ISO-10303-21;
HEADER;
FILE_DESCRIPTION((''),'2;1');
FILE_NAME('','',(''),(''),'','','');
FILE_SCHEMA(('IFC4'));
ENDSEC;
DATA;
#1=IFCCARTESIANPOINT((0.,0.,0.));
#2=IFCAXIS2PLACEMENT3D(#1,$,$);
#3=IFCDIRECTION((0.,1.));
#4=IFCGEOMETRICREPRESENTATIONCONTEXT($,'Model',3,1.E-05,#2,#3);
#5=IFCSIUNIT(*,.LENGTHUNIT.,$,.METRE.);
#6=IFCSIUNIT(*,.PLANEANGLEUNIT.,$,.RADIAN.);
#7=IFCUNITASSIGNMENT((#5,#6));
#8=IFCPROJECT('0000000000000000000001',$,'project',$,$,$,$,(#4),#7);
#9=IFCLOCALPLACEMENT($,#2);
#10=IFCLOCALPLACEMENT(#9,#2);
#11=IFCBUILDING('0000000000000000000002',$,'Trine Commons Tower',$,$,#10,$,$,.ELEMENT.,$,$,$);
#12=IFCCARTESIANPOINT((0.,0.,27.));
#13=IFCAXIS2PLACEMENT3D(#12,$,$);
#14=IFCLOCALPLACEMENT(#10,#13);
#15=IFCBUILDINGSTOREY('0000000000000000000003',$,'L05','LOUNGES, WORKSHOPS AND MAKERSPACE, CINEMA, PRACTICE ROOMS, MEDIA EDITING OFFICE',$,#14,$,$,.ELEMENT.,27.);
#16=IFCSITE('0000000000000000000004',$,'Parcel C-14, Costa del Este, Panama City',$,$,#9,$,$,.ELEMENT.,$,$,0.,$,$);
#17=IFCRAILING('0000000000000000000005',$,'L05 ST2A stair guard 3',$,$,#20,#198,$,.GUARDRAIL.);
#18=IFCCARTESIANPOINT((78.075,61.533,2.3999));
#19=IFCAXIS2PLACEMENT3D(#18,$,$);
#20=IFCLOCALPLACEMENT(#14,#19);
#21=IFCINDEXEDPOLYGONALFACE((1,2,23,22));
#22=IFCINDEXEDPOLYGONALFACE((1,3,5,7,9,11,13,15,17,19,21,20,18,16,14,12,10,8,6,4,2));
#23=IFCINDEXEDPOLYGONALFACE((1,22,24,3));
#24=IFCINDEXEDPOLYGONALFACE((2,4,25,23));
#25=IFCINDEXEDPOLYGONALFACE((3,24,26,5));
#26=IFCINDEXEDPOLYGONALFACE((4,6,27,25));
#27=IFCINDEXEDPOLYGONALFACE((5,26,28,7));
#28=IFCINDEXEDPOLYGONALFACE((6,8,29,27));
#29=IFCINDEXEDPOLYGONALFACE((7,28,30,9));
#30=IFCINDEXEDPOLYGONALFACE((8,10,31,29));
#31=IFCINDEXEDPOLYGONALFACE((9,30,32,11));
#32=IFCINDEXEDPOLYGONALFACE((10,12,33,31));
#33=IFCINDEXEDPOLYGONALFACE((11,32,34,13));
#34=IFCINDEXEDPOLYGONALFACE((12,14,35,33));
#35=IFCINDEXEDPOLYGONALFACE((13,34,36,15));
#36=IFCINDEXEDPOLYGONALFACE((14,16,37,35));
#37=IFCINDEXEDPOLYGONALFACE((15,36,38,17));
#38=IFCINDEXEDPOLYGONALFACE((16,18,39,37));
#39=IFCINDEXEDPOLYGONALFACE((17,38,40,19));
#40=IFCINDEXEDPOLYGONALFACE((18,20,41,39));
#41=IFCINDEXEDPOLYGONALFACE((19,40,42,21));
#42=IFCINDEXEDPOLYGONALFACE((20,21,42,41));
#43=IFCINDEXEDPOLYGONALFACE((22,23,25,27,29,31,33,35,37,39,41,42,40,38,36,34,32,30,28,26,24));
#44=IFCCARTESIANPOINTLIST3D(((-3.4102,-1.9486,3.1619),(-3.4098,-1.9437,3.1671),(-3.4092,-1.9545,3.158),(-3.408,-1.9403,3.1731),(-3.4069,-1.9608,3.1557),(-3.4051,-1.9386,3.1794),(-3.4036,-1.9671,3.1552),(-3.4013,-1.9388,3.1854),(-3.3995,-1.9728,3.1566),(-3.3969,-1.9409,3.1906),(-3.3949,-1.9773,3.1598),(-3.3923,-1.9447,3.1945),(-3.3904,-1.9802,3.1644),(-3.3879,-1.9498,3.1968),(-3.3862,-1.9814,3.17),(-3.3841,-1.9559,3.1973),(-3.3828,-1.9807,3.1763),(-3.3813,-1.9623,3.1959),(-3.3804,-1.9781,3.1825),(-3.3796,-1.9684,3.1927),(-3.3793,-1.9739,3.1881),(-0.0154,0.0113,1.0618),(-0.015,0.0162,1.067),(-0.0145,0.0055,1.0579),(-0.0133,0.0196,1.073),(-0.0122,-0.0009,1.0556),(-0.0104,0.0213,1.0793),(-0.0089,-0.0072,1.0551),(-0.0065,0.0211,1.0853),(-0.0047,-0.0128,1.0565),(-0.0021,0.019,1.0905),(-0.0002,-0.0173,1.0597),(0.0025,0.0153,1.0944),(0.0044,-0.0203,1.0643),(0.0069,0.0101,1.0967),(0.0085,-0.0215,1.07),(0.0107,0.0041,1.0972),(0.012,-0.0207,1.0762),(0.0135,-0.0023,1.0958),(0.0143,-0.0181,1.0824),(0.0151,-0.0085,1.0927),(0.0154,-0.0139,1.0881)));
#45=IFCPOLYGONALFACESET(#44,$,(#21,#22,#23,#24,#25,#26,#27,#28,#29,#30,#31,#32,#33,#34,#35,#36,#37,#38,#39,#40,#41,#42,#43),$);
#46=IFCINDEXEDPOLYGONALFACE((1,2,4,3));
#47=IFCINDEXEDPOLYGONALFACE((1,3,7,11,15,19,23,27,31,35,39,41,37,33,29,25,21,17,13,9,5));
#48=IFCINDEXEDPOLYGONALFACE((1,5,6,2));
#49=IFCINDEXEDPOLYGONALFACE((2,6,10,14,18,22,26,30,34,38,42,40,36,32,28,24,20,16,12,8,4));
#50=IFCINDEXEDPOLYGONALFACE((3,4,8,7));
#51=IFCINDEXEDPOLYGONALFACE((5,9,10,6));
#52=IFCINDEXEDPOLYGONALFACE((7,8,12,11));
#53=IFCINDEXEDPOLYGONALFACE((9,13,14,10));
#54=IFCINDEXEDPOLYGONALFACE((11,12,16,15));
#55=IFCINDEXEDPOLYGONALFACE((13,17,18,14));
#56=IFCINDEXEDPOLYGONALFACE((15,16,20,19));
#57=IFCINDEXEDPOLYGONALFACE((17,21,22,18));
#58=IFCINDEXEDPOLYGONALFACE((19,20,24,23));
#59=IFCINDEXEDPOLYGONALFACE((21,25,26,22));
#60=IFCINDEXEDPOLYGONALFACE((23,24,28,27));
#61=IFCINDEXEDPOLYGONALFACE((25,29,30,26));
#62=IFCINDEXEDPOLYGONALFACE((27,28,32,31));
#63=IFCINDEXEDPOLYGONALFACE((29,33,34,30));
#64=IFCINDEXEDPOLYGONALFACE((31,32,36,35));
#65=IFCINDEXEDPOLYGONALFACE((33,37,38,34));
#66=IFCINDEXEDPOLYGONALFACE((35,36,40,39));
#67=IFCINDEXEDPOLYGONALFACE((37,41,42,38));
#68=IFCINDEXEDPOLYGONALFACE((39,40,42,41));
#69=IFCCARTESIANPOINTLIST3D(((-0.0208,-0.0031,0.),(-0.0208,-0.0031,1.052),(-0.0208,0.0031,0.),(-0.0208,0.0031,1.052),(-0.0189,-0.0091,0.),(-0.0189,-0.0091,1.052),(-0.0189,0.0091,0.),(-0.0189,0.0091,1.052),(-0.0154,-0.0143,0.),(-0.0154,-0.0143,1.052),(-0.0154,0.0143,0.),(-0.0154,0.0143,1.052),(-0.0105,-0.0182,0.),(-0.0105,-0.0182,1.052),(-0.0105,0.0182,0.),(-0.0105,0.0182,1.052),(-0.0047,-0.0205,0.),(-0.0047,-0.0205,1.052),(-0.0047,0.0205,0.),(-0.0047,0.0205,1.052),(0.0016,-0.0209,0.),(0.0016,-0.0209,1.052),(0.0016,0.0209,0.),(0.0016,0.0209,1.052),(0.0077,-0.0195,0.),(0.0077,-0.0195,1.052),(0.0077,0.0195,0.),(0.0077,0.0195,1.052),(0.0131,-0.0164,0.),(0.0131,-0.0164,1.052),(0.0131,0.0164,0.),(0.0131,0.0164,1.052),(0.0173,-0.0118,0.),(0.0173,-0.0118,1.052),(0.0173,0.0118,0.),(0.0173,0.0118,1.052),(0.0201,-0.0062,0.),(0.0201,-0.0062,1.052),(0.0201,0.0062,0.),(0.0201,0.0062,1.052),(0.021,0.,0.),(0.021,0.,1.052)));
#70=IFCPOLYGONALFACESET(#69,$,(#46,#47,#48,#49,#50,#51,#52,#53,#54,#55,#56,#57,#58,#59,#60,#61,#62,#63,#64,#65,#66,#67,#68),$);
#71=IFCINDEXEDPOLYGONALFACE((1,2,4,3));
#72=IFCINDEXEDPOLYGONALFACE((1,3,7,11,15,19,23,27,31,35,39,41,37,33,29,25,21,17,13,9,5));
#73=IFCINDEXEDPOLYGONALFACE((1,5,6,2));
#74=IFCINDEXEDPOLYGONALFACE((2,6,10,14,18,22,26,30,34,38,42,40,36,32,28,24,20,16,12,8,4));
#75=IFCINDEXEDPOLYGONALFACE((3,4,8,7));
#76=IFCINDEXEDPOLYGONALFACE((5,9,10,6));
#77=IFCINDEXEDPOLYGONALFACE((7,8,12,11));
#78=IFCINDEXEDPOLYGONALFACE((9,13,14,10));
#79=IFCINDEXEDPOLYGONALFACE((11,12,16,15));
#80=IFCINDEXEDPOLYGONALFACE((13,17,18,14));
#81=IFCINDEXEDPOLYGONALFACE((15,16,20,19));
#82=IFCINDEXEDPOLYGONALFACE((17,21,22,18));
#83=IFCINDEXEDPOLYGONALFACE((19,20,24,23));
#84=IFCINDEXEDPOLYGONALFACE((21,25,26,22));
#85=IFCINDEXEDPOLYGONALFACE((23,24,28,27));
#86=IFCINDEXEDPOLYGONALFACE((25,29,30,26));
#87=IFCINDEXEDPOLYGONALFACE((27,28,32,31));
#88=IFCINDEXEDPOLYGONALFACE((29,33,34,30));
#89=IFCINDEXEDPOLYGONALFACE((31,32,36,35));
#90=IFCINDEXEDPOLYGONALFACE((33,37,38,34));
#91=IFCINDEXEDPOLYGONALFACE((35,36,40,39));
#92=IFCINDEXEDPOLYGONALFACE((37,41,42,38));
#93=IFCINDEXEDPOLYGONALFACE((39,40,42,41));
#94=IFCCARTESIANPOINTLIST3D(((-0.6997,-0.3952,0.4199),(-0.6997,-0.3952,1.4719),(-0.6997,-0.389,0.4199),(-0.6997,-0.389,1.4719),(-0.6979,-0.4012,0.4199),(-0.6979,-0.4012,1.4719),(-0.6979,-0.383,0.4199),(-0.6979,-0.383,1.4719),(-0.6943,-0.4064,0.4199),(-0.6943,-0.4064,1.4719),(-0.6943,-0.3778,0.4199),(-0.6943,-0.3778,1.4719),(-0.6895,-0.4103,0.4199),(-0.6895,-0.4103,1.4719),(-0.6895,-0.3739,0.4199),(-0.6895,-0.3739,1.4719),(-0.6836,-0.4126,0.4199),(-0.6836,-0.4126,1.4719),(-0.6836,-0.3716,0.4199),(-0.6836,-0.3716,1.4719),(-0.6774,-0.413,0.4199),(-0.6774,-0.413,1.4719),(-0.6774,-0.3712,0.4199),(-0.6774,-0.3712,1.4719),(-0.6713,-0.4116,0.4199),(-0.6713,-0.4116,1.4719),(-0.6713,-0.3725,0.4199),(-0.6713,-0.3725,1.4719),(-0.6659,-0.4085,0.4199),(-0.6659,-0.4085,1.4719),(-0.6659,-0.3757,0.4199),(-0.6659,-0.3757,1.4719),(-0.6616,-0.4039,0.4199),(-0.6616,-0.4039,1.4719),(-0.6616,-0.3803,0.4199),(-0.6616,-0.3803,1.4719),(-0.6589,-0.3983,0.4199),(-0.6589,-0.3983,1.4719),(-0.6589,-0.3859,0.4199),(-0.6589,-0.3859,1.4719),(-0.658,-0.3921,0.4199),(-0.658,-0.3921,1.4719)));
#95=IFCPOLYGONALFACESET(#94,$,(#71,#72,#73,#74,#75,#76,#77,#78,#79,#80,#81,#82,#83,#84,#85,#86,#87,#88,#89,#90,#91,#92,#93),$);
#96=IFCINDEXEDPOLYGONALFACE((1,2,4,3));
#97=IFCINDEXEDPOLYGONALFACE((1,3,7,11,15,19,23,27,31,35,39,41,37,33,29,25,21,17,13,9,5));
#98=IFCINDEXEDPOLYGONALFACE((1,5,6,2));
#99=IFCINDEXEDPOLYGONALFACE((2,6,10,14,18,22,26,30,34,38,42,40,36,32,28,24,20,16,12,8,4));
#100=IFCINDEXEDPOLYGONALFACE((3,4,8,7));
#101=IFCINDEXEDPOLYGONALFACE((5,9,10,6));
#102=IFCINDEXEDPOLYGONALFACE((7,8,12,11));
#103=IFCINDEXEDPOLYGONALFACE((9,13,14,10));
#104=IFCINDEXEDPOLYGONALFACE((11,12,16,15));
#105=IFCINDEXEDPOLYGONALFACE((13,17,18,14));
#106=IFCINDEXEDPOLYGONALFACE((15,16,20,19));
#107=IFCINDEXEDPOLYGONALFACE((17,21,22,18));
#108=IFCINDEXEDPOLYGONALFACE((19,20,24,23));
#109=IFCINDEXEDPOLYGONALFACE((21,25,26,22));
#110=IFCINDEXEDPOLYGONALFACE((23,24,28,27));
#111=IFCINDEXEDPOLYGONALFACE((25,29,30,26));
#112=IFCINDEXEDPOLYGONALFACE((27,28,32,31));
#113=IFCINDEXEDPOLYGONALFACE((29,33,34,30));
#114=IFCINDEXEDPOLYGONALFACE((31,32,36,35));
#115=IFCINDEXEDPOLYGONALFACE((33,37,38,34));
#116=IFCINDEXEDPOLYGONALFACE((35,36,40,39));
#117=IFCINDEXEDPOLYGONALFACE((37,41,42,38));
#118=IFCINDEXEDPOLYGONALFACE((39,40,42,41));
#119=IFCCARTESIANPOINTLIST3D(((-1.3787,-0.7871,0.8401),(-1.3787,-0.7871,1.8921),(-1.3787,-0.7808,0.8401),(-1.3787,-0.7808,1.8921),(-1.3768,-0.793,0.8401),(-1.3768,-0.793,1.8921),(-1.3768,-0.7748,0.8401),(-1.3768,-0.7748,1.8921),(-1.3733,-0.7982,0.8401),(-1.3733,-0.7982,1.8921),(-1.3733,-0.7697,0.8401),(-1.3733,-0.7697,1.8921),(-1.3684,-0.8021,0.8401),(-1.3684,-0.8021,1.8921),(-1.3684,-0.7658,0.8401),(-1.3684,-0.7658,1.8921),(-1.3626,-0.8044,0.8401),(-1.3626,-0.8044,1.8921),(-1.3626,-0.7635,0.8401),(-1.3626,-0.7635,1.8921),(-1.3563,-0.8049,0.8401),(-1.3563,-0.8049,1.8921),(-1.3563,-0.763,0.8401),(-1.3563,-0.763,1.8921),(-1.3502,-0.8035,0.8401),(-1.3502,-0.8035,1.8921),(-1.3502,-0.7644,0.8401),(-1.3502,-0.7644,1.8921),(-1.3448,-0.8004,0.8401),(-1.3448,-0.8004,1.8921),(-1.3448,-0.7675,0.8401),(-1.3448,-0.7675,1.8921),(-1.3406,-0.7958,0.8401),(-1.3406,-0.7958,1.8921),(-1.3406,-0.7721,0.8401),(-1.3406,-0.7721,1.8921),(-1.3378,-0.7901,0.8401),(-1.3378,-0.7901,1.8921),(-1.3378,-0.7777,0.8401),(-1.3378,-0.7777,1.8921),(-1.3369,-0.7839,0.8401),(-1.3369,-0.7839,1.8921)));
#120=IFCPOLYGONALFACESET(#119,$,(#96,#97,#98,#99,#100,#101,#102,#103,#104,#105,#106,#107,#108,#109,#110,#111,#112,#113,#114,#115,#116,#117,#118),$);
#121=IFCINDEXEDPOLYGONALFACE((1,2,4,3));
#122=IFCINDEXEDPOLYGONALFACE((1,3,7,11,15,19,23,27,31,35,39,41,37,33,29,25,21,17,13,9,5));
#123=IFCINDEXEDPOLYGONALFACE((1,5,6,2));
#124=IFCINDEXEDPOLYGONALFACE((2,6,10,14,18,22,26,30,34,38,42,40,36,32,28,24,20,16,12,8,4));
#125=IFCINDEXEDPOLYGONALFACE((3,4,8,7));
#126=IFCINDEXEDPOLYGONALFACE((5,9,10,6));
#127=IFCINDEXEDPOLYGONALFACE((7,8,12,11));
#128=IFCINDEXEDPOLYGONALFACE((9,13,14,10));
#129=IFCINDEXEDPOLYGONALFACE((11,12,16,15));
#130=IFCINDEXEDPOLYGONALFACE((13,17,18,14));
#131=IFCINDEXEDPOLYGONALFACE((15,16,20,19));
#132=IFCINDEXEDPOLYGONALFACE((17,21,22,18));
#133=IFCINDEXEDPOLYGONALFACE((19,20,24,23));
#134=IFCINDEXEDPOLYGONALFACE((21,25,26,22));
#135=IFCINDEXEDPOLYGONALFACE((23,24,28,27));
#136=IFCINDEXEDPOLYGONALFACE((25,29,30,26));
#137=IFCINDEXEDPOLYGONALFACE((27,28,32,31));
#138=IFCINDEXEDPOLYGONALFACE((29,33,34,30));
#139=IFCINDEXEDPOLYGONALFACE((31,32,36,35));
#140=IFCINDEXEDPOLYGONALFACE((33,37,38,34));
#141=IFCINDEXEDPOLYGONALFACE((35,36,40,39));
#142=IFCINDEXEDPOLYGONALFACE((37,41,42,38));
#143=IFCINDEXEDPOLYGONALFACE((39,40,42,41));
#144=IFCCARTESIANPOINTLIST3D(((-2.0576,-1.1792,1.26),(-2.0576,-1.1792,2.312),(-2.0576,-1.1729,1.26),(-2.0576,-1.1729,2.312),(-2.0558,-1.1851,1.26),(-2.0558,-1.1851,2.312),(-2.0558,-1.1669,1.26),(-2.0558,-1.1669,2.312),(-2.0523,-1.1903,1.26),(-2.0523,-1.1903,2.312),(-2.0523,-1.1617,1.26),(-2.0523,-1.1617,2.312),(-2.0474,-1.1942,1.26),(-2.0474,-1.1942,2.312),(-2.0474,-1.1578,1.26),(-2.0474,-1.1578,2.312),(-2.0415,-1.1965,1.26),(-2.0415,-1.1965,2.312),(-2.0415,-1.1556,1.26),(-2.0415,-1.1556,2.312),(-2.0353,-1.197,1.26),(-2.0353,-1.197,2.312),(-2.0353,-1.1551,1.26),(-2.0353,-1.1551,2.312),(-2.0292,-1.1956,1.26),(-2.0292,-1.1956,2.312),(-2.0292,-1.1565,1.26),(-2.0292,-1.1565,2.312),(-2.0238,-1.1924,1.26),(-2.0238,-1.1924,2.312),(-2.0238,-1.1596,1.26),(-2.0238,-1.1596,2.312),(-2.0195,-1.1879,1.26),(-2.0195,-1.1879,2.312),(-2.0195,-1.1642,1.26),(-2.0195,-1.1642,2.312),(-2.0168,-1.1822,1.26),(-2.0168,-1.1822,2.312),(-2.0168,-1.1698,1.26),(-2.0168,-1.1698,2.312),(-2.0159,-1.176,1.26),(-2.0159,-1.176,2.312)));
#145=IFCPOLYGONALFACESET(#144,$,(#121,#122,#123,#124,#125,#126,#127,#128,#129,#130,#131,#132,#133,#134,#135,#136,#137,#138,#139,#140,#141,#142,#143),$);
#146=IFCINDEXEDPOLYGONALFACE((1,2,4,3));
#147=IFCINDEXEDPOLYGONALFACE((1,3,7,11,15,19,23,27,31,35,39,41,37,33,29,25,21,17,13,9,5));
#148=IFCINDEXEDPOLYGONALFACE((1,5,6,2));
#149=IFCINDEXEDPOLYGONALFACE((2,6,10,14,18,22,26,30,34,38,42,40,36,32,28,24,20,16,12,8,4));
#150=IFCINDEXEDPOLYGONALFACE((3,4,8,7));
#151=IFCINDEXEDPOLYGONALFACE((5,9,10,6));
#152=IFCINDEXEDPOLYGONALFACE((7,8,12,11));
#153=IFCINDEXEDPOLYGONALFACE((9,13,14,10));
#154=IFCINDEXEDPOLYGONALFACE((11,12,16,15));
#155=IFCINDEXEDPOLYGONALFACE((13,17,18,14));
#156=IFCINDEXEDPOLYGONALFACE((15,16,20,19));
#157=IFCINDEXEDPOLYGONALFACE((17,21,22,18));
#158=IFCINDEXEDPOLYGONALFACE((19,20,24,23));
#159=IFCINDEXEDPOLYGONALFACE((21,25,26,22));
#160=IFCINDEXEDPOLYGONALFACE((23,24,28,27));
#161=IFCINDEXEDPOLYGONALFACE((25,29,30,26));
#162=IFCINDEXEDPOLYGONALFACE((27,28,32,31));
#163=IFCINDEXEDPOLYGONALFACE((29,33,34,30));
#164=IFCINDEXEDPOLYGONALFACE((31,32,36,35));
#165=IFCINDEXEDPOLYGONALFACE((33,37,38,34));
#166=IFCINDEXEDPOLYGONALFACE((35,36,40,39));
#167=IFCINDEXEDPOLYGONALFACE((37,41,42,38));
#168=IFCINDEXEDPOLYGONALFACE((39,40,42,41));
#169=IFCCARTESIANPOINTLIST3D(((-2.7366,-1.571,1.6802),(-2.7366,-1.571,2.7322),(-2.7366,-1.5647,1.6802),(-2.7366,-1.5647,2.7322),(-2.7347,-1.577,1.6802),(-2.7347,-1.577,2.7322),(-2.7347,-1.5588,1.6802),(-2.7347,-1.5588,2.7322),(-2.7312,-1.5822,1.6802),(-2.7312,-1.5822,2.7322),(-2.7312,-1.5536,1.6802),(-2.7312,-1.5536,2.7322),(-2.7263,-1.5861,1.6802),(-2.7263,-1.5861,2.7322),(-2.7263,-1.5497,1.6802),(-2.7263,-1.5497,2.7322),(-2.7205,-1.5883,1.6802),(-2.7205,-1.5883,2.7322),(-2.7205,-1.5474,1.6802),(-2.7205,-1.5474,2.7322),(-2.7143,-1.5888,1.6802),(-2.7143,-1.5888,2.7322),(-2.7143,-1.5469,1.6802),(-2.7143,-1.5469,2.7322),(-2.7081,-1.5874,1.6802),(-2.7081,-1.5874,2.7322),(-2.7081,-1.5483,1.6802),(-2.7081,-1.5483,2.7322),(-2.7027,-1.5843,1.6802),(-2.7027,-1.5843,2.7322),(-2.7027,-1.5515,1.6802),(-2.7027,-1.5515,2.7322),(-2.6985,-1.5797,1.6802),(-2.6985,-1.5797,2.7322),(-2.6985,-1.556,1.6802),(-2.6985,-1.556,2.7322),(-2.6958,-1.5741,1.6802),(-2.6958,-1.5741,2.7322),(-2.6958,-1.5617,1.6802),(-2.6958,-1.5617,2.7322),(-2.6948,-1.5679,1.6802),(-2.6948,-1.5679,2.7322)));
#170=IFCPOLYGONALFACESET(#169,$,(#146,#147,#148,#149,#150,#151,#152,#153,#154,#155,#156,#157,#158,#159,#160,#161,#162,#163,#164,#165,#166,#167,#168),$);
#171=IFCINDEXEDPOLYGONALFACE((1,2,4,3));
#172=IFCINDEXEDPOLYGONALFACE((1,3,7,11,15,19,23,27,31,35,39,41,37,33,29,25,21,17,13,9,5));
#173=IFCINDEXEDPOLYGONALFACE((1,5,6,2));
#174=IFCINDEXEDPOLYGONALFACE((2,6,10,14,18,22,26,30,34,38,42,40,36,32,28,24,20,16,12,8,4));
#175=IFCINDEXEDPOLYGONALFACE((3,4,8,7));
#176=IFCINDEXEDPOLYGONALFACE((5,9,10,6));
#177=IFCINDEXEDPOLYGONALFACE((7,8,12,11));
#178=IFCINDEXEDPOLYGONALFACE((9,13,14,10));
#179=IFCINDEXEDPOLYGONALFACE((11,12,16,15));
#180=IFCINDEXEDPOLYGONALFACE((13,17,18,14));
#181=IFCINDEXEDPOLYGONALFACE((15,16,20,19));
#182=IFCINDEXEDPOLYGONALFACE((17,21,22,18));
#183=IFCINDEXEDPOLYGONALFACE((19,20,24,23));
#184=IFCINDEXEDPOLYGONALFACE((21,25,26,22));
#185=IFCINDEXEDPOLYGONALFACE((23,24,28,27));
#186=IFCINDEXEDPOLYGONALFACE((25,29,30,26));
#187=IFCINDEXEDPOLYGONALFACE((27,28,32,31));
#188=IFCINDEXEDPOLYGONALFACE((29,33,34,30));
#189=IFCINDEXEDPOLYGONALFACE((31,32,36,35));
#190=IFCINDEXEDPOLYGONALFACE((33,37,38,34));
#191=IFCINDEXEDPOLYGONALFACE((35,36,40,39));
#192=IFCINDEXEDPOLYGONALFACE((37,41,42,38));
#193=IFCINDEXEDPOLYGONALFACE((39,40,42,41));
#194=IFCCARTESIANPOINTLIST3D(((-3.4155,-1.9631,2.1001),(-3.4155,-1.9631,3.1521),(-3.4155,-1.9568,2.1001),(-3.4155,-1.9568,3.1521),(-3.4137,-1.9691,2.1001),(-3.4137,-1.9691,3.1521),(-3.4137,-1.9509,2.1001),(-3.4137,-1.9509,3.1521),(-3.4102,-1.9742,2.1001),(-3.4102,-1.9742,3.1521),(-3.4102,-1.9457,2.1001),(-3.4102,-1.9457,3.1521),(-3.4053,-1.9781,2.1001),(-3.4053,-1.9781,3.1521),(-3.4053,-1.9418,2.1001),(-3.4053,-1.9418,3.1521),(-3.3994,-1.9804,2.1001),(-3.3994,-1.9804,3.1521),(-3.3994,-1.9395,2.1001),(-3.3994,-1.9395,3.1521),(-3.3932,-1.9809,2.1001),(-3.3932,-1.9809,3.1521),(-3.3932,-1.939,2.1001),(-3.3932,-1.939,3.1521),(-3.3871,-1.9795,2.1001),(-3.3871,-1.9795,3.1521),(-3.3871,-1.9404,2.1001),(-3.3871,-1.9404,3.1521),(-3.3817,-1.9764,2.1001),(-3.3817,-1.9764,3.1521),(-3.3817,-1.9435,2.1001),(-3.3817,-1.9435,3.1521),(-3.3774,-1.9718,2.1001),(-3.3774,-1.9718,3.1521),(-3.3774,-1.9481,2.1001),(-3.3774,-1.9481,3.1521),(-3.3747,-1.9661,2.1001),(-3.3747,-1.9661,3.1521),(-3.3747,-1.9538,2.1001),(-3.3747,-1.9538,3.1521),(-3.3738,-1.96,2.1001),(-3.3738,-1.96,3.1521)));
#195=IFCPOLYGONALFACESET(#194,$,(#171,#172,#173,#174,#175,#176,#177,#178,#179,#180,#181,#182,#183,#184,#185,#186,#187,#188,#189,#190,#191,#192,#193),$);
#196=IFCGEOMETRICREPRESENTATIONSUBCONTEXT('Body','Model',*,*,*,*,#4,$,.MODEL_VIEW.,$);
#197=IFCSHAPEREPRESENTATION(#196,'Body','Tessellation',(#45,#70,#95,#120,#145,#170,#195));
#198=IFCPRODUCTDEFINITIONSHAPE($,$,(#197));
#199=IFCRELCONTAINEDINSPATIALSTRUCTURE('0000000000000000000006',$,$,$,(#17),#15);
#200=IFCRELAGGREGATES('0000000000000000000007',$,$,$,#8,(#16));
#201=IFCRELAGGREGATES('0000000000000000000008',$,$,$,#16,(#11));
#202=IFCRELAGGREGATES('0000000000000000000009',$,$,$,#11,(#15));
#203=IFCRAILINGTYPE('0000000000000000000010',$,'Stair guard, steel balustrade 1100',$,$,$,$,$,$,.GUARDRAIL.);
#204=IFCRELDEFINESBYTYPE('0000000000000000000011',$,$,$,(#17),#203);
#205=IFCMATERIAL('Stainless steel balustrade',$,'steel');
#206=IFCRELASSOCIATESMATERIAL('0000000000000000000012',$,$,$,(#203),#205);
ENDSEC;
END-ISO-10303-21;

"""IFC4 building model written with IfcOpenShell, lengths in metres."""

from ifc_helpers import new_model, si_unit, direction, frame, origin, origin_2d, place, context, subcontext, project, spatial, circle, extrude, material, type_object, element, save


model = new_model("IFC4")

# Units and contexts
model_context = context("Model", 3, precision=1e-05, world=origin(), true_north=direction((0.0, 1.0)))
body_context = subcontext(model_context, "Body", "Model", "MODEL_VIEW")
ifc_project = project(units=[si_unit("LENGTHUNIT", "METRE"), si_unit("PLANEANGLEUNIT", "RADIAN")], contexts=[model_context])

# Site, building, storey
site_placement = place(None, origin())
site = spatial("IfcSite", under=ifc_project, at=site_placement, Name="Parcel C-14, Costa del Este, Panama City", CompositionType="ELEMENT", RefElevation=0.0)
building_placement = place(site_placement, origin())
building = spatial("IfcBuilding", under=site, at=building_placement, Name="Trine Commons Tower", CompositionType="ELEMENT")
storey_placement = place(building_placement, frame((0.0, 0.0, 27.0)))
storey = spatial("IfcBuildingStorey", under=building, at=storey_placement, Name="L05", Description="LOUNGES, WORKSHOPS AND MAKERSPACE, CINEMA, PRACTICE ROOMS, MEDIA EDITING OFFICE", CompositionType="ELEMENT", Elevation=27.0)

# Railing
ifc_material_1 = material(Name="Stainless steel balustrade", Category="steel")
railing_type_1 = type_object("IfcRailingType", Name="Stair guard, steel balustrade 1100", PredefinedType="GUARDRAIL", material=ifc_material_1)
railing_1_placement = place(storey_placement, frame((78.075, 61.533, 2.3999)))
element("IfcRailing", 1, at=railing_1_placement, inside=storey, type_object=railing_type_1, Name="L05 ST2A stair guard 3", PredefinedType="GUARDRAIL", context=body_context, shape_type="SweptSolid", body=[
    extrude(circle(Radius=0.0239, at=origin_2d()), frame((0.0, 0.0, 1.0762), z_axis=(-0.763375, -0.440732, 0.472244), x_axis=(0.499997, -0.866027, 0.0)), (0.0, 0.0, 1.0), 4.447),
    extrude(circle(Radius=0.021, at=origin_2d()), origin(), (0.0, 0.0, 1.0), 1.052),
    extrude(circle(Radius=0.021, at=origin_2d()), frame((-0.679, -0.3921, 0.4199)), (0.0, 0.0, 1.0), 1.052),
    extrude(circle(Radius=0.021, at=origin_2d()), frame((-1.3579, -0.7839, 0.8401)), (0.0, 0.0, 1.0), 1.052),
    extrude(circle(Radius=0.021, at=origin_2d()), frame((-2.0369, -1.176, 1.26)), (0.0, 0.0, 1.0), 1.052),
    extrude(circle(Radius=0.021, at=origin_2d()), frame((-2.7158, -1.5679, 1.6802)), (0.0, 0.0, 1.0), 1.052),
    extrude(circle(Radius=0.021, at=origin_2d()), frame((-3.3948, -1.96, 2.1001)), (0.0, 0.0, 1.0), 1.052),
])

save(model, "model.ifc")
